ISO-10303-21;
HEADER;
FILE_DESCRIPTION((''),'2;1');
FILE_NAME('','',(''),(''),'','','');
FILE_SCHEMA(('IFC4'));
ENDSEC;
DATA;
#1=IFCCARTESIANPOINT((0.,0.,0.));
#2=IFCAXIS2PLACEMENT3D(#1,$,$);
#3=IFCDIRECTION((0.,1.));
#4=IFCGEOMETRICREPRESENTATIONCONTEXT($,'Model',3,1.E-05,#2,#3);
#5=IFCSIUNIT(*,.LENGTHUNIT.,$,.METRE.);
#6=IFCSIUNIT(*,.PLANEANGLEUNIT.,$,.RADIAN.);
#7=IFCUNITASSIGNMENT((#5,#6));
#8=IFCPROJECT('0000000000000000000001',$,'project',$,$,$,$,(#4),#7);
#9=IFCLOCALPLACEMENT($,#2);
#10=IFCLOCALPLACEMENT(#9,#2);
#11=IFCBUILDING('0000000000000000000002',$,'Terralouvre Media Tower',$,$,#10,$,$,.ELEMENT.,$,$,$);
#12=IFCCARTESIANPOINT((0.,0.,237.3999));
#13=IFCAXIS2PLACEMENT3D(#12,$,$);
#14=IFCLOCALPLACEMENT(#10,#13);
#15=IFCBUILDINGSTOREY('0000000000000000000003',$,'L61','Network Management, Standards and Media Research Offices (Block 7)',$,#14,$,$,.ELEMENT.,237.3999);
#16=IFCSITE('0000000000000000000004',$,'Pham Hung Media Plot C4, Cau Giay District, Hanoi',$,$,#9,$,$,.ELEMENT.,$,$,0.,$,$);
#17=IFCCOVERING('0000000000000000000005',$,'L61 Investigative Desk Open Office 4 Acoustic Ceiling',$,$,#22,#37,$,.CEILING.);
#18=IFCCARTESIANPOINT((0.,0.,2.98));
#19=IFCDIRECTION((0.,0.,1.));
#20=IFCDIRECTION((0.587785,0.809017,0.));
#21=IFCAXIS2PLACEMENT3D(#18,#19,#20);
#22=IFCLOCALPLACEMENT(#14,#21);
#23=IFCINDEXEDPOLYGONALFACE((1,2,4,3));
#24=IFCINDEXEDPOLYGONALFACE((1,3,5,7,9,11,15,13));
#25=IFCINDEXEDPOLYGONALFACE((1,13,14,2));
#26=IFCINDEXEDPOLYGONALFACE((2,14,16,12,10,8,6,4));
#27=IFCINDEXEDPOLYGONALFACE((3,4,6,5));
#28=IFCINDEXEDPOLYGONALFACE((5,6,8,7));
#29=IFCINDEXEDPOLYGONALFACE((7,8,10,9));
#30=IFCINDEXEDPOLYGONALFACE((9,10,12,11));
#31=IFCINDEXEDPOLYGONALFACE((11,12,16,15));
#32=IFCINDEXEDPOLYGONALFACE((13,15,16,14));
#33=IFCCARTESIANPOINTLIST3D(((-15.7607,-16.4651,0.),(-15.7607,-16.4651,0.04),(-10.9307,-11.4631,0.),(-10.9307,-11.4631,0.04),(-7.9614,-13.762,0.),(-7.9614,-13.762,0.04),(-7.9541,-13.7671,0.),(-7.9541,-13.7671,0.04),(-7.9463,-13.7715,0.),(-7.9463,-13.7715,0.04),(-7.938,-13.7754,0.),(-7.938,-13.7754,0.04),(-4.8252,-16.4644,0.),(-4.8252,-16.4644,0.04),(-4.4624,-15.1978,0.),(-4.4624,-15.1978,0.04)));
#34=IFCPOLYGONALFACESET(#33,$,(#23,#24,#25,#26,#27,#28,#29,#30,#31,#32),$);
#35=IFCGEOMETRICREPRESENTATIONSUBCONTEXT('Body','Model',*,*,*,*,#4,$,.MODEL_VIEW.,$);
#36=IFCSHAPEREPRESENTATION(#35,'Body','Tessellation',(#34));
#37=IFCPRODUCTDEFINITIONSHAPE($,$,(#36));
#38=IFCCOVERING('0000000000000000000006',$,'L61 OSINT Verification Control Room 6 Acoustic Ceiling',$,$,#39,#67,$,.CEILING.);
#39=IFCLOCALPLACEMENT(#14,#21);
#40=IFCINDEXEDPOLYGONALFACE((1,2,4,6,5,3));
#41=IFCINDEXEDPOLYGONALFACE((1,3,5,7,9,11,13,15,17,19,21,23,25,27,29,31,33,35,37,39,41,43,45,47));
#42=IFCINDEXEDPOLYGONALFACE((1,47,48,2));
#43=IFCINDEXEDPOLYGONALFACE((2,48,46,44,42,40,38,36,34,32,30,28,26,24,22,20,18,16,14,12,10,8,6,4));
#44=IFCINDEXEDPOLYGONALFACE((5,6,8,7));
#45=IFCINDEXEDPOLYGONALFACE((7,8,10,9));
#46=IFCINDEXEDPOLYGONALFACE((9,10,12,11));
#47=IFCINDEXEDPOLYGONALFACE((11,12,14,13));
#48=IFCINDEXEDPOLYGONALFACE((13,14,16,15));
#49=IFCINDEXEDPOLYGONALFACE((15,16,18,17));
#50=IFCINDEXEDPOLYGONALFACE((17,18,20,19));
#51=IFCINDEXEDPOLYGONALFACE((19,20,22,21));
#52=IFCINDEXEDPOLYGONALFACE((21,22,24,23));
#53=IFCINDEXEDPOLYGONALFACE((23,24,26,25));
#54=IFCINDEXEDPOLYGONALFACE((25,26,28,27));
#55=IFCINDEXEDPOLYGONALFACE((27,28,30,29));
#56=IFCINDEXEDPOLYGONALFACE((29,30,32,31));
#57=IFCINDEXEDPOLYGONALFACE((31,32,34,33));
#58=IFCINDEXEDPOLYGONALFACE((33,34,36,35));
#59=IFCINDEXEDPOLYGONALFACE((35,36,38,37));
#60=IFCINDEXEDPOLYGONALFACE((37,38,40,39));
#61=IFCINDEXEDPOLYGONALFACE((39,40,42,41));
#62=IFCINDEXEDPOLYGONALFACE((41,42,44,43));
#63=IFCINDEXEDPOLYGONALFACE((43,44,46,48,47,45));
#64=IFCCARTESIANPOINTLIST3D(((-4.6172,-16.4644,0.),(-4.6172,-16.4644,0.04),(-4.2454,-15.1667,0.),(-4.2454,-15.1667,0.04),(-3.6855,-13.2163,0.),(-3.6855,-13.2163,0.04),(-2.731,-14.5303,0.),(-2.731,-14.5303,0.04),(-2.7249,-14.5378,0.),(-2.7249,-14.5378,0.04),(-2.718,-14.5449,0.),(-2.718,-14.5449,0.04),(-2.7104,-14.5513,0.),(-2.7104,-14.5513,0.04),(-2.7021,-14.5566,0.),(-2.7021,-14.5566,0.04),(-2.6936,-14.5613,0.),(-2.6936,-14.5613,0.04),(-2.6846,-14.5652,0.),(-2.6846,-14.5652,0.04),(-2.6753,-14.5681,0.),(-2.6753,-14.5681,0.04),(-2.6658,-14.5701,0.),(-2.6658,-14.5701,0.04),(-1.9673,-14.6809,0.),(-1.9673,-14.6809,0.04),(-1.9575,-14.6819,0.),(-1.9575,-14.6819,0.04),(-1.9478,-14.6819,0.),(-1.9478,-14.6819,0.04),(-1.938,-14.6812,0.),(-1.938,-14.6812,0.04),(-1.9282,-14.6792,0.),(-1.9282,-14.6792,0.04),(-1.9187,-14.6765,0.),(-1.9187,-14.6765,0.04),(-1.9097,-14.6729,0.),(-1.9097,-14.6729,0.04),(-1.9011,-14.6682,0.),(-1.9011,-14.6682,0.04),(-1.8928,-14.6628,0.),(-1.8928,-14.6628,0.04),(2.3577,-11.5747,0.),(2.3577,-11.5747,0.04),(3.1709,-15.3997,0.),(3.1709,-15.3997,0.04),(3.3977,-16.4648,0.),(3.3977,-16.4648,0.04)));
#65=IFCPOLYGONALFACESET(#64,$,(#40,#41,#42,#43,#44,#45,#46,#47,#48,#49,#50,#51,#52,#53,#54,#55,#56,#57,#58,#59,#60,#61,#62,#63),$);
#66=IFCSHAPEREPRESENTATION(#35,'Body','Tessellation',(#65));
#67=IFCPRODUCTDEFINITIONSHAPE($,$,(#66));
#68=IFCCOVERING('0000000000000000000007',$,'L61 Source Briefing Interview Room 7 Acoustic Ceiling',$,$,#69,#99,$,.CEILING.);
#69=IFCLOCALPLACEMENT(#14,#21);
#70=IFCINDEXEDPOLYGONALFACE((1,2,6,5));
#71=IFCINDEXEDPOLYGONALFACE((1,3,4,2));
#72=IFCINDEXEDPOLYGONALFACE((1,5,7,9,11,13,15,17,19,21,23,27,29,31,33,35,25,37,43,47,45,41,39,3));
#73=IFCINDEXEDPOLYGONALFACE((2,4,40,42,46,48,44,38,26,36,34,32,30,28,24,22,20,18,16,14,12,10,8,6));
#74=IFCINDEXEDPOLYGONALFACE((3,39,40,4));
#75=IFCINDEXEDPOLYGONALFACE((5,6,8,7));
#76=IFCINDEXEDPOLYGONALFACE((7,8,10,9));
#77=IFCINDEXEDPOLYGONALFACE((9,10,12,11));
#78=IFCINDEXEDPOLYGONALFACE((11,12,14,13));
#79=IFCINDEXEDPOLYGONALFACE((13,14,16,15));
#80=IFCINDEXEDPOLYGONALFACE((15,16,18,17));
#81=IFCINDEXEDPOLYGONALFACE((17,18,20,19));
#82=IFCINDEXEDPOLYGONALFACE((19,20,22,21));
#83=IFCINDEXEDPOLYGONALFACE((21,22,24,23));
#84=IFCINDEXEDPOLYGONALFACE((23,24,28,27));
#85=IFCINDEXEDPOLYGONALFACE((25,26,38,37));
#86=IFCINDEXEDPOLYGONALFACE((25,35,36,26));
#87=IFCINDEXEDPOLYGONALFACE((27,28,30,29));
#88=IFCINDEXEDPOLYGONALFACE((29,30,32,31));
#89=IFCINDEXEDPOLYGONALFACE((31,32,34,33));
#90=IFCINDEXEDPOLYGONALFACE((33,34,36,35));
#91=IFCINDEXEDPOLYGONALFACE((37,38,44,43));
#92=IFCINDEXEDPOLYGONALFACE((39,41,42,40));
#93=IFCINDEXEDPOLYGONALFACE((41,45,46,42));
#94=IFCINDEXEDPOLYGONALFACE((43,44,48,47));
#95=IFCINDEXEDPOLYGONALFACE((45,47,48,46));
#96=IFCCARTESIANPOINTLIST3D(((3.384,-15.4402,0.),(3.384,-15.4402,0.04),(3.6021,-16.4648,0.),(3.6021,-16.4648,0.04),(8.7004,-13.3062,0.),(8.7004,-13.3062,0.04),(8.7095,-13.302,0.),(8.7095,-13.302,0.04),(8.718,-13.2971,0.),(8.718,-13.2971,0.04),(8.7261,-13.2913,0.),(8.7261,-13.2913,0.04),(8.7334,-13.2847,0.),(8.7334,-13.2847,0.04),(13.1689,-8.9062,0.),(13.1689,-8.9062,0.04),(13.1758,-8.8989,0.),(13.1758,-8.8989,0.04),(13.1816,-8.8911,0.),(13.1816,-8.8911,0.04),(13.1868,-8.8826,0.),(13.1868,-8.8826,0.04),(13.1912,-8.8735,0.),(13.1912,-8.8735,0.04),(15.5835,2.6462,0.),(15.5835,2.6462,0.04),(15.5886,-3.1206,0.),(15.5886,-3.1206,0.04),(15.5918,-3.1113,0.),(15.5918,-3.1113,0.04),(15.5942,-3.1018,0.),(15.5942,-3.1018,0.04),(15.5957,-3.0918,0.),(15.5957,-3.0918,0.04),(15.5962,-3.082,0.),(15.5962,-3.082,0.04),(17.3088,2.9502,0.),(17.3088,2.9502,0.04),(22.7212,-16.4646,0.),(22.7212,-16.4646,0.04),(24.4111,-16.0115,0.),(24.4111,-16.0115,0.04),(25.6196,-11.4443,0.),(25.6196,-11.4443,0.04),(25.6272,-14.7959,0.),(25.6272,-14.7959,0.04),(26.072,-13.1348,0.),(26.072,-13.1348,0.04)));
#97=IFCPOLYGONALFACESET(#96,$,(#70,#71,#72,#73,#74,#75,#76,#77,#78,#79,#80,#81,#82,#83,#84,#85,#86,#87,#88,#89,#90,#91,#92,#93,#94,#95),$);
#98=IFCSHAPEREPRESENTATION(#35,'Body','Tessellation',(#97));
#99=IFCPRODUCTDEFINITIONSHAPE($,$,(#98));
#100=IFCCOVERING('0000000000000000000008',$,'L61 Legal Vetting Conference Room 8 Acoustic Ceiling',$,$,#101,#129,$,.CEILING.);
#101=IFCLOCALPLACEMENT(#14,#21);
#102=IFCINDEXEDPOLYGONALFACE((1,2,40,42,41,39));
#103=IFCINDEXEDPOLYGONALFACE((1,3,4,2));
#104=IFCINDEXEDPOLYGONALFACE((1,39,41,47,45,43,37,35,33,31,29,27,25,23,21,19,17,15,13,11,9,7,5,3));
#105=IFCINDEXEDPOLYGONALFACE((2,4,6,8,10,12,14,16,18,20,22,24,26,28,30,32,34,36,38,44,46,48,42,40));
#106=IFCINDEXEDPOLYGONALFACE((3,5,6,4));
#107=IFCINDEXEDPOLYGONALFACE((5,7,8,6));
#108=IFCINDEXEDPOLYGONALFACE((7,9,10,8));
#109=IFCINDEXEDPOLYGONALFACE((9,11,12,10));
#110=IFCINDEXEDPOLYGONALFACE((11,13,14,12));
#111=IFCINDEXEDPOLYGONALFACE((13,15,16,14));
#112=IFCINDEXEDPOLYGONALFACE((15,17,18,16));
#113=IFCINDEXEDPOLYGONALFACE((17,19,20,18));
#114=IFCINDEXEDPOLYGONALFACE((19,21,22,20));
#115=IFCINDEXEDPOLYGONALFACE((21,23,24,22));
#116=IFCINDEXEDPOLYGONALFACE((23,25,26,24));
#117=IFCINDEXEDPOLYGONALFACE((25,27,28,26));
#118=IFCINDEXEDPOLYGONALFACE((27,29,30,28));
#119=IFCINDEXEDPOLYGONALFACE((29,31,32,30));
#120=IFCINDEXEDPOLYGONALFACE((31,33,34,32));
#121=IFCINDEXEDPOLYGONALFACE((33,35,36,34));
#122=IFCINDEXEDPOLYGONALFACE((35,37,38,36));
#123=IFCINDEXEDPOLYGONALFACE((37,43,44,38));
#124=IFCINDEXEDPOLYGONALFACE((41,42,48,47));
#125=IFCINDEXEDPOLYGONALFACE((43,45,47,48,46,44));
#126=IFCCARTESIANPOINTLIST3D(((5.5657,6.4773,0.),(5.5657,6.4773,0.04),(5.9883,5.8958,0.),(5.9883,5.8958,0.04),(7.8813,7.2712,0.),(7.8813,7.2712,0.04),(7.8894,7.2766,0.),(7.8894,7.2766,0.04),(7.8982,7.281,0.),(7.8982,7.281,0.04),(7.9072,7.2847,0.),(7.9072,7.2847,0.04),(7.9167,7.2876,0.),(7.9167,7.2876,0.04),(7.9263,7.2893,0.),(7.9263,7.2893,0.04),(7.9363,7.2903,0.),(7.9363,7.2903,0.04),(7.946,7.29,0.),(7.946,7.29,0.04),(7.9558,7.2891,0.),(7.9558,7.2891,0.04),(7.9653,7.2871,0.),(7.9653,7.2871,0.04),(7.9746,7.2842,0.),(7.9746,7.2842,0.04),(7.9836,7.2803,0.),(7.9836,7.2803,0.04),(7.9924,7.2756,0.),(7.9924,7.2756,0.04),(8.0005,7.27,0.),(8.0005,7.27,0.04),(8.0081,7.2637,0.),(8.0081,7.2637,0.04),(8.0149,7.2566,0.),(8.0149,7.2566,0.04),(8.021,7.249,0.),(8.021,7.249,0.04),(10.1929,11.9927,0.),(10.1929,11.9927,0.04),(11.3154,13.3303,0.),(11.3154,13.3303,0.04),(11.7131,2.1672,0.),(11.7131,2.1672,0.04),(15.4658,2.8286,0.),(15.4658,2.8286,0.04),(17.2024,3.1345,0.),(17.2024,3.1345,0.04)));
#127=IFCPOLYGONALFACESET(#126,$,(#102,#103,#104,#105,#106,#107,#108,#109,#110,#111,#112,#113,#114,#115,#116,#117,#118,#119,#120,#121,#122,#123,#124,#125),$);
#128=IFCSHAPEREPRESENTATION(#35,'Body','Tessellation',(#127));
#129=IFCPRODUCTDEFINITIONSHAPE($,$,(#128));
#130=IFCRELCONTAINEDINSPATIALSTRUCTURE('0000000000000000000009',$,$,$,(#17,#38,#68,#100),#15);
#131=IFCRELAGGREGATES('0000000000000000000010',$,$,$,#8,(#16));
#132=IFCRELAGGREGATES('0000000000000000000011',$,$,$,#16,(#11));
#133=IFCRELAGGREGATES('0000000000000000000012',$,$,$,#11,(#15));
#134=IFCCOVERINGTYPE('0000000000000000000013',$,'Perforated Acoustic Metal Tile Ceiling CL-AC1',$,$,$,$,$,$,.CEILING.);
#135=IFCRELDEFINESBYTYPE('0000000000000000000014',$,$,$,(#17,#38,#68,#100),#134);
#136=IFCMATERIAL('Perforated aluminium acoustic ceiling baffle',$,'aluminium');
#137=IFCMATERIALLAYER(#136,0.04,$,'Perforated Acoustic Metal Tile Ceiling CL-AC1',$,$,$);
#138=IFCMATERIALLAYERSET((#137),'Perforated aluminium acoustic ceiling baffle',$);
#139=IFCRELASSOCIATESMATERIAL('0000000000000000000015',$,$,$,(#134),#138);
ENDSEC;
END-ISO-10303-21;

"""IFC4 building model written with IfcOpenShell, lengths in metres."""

from ifc_helpers import new_model, si_unit, direction, frame, origin, place, context, subcontext, project, spatial, polyline, outline, extrude, material, layer, layer_set, type_object, element, save


model = new_model("IFC4")

# Units and contexts
model_context = context("Model", 3, precision=1e-05, world=origin(), true_north=direction((0.0, 1.0)))
body_context = subcontext(model_context, "Body", "Model", "MODEL_VIEW")
ifc_project = project(units=[si_unit("LENGTHUNIT", "METRE"), si_unit("PLANEANGLEUNIT", "RADIAN")], contexts=[model_context])

# Site, building, storey
site_placement = place(None, origin())
site = spatial("IfcSite", under=ifc_project, at=site_placement, Name="Pham Hung Media Plot C4, Cau Giay District, Hanoi", CompositionType="ELEMENT", RefElevation=0.0)
building_placement = place(site_placement, origin())
building = spatial("IfcBuilding", under=site, at=building_placement, Name="Terralouvre Media Tower", CompositionType="ELEMENT")
storey_placement = place(building_placement, frame((0.0, 0.0, 237.3999)))
storey = spatial("IfcBuildingStorey", under=building, at=storey_placement, Name="L61", Description="Network Management, Standards and Media Research Offices (Block 7)", CompositionType="ELEMENT", Elevation=237.3999)

# Coverings
ifc_material_1 = material(Name="Perforated aluminium acoustic ceiling baffle", Category="aluminium")
ifc_layer_1 = layer(ifc_material_1, 0.04, Name="Perforated Acoustic Metal Tile Ceiling CL-AC1")
ifc_layer_set_1 = layer_set([ifc_layer_1], Name="Perforated aluminium acoustic ceiling baffle")
covering_type = type_object("IfcCoveringType", Name="Perforated Acoustic Metal Tile Ceiling CL-AC1", PredefinedType="CEILING", material=ifc_layer_set_1)
covering_1_placement = place(storey_placement, frame((0.0, 0.0, 2.98), z_axis=(0.0, 0.0, 1.0), x_axis=(0.587785, 0.809017, 0.0)))
element("IfcCovering", 1, at=covering_1_placement, inside=storey, type_object=covering_type, Name="L61 Investigative Desk Open Office 4 Acoustic Ceiling", PredefinedType="CEILING", context=body_context, shape_type="SweptSolid", body=[
    extrude(outline(polyline([(-7.938, -13.7754), (-7.9463, -13.7715), (-7.9541, -13.7671), (-7.9614, -13.762), (-10.9307, -11.4631), (-15.7607, -16.4651), (-4.8252, -16.4644), (-4.4624, -15.1978), (-7.938, -13.7754)])), origin(), (0.0, 0.0, 1.0), 0.04),
])
covering_2_placement = place(storey_placement, frame((0.0, 0.0, 2.98), z_axis=(0.0, 0.0, 1.0), x_axis=(0.587785, 0.809017, 0.0)))
element("IfcCovering", 2, at=covering_2_placement, inside=storey, type_object=covering_type, Name="L61 OSINT Verification Control Room 6 Acoustic Ceiling", PredefinedType="CEILING", context=body_context, shape_type="SweptSolid", body=[
    extrude(outline(polyline([(2.3577, -11.5747), (-1.8928, -14.6628), (-1.9011, -14.6682), (-1.9097, -14.6729), (-1.9187, -14.6765), (-1.9282, -14.6792), (-1.938, -14.6812), (-1.9478, -14.6819), (-1.9575, -14.6819), (-1.9673, -14.6809), (-2.6658, -14.5701), (-2.6753, -14.5681), (-2.6846, -14.5652), (-2.6936, -14.5613), (-2.7021, -14.5566), (-2.7104, -14.5513), (-2.718, -14.5449), (-2.7249, -14.5378), (-2.731, -14.5303), (-3.6855, -13.2163), (-4.2454, -15.1667), (-4.6172, -16.4644), (3.3977, -16.4648), (3.1709, -15.3997), (2.3577, -11.5747)])), origin(), (0.0, 0.0, 1.0), 0.04),
])
covering_3_placement = place(storey_placement, frame((0.0, 0.0, 2.98), z_axis=(0.0, 0.0, 1.0), x_axis=(0.587785, 0.809017, 0.0)))
element("IfcCovering", 3, at=covering_3_placement, inside=storey, type_object=covering_type, Name="L61 Source Briefing Interview Room 7 Acoustic Ceiling", PredefinedType="CEILING", context=body_context, shape_type="SweptSolid", body=[
    extrude(outline(polyline([(15.5962, -3.082), (15.5957, -3.0918), (15.5942, -3.1018), (15.5918, -3.1113), (15.5886, -3.1206), (13.1912, -8.8735), (13.1868, -8.8826), (13.1816, -8.8911), (13.1758, -8.8989), (13.1689, -8.9062), (8.7334, -13.2847), (8.7261, -13.2913), (8.718, -13.2971), (8.7095, -13.302), (8.7004, -13.3062), (3.384, -15.4402), (3.6021, -16.4648), (22.7212, -16.4646), (24.4111, -16.0115), (25.6272, -14.7959), (26.072, -13.1348), (25.6196, -11.4443), (17.3088, 2.9502), (15.5835, 2.6462), (15.5962, -3.082)])), origin(), (0.0, 0.0, 1.0), 0.04),
])
covering_4_placement = place(storey_placement, frame((0.0, 0.0, 2.98), z_axis=(0.0, 0.0, 1.0), x_axis=(0.587785, 0.809017, 0.0)))
element("IfcCovering", 4, at=covering_4_placement, inside=storey, type_object=covering_type, Name="L61 Legal Vetting Conference Room 8 Acoustic Ceiling", PredefinedType="CEILING", context=body_context, shape_type="SweptSolid", body=[
    extrude(outline(polyline([(5.5657, 6.4773), (5.9883, 5.8958), (7.8813, 7.2712), (7.8894, 7.2766), (7.8982, 7.281), (7.9072, 7.2847), (7.9167, 7.2876), (7.9263, 7.2893), (7.9363, 7.2903), (7.946, 7.29), (7.9558, 7.2891), (7.9653, 7.2871), (7.9746, 7.2842), (7.9836, 7.2803), (7.9924, 7.2756), (8.0005, 7.27), (8.0081, 7.2637), (8.0149, 7.2566), (8.021, 7.249), (11.7131, 2.1672), (15.4658, 2.8286), (17.2024, 3.1345), (11.3154, 13.3303), (10.1929, 11.9927), (5.5657, 6.4773)])), origin(), (0.0, 0.0, 1.0), 0.04),
])

save(model, "model.ifc")
